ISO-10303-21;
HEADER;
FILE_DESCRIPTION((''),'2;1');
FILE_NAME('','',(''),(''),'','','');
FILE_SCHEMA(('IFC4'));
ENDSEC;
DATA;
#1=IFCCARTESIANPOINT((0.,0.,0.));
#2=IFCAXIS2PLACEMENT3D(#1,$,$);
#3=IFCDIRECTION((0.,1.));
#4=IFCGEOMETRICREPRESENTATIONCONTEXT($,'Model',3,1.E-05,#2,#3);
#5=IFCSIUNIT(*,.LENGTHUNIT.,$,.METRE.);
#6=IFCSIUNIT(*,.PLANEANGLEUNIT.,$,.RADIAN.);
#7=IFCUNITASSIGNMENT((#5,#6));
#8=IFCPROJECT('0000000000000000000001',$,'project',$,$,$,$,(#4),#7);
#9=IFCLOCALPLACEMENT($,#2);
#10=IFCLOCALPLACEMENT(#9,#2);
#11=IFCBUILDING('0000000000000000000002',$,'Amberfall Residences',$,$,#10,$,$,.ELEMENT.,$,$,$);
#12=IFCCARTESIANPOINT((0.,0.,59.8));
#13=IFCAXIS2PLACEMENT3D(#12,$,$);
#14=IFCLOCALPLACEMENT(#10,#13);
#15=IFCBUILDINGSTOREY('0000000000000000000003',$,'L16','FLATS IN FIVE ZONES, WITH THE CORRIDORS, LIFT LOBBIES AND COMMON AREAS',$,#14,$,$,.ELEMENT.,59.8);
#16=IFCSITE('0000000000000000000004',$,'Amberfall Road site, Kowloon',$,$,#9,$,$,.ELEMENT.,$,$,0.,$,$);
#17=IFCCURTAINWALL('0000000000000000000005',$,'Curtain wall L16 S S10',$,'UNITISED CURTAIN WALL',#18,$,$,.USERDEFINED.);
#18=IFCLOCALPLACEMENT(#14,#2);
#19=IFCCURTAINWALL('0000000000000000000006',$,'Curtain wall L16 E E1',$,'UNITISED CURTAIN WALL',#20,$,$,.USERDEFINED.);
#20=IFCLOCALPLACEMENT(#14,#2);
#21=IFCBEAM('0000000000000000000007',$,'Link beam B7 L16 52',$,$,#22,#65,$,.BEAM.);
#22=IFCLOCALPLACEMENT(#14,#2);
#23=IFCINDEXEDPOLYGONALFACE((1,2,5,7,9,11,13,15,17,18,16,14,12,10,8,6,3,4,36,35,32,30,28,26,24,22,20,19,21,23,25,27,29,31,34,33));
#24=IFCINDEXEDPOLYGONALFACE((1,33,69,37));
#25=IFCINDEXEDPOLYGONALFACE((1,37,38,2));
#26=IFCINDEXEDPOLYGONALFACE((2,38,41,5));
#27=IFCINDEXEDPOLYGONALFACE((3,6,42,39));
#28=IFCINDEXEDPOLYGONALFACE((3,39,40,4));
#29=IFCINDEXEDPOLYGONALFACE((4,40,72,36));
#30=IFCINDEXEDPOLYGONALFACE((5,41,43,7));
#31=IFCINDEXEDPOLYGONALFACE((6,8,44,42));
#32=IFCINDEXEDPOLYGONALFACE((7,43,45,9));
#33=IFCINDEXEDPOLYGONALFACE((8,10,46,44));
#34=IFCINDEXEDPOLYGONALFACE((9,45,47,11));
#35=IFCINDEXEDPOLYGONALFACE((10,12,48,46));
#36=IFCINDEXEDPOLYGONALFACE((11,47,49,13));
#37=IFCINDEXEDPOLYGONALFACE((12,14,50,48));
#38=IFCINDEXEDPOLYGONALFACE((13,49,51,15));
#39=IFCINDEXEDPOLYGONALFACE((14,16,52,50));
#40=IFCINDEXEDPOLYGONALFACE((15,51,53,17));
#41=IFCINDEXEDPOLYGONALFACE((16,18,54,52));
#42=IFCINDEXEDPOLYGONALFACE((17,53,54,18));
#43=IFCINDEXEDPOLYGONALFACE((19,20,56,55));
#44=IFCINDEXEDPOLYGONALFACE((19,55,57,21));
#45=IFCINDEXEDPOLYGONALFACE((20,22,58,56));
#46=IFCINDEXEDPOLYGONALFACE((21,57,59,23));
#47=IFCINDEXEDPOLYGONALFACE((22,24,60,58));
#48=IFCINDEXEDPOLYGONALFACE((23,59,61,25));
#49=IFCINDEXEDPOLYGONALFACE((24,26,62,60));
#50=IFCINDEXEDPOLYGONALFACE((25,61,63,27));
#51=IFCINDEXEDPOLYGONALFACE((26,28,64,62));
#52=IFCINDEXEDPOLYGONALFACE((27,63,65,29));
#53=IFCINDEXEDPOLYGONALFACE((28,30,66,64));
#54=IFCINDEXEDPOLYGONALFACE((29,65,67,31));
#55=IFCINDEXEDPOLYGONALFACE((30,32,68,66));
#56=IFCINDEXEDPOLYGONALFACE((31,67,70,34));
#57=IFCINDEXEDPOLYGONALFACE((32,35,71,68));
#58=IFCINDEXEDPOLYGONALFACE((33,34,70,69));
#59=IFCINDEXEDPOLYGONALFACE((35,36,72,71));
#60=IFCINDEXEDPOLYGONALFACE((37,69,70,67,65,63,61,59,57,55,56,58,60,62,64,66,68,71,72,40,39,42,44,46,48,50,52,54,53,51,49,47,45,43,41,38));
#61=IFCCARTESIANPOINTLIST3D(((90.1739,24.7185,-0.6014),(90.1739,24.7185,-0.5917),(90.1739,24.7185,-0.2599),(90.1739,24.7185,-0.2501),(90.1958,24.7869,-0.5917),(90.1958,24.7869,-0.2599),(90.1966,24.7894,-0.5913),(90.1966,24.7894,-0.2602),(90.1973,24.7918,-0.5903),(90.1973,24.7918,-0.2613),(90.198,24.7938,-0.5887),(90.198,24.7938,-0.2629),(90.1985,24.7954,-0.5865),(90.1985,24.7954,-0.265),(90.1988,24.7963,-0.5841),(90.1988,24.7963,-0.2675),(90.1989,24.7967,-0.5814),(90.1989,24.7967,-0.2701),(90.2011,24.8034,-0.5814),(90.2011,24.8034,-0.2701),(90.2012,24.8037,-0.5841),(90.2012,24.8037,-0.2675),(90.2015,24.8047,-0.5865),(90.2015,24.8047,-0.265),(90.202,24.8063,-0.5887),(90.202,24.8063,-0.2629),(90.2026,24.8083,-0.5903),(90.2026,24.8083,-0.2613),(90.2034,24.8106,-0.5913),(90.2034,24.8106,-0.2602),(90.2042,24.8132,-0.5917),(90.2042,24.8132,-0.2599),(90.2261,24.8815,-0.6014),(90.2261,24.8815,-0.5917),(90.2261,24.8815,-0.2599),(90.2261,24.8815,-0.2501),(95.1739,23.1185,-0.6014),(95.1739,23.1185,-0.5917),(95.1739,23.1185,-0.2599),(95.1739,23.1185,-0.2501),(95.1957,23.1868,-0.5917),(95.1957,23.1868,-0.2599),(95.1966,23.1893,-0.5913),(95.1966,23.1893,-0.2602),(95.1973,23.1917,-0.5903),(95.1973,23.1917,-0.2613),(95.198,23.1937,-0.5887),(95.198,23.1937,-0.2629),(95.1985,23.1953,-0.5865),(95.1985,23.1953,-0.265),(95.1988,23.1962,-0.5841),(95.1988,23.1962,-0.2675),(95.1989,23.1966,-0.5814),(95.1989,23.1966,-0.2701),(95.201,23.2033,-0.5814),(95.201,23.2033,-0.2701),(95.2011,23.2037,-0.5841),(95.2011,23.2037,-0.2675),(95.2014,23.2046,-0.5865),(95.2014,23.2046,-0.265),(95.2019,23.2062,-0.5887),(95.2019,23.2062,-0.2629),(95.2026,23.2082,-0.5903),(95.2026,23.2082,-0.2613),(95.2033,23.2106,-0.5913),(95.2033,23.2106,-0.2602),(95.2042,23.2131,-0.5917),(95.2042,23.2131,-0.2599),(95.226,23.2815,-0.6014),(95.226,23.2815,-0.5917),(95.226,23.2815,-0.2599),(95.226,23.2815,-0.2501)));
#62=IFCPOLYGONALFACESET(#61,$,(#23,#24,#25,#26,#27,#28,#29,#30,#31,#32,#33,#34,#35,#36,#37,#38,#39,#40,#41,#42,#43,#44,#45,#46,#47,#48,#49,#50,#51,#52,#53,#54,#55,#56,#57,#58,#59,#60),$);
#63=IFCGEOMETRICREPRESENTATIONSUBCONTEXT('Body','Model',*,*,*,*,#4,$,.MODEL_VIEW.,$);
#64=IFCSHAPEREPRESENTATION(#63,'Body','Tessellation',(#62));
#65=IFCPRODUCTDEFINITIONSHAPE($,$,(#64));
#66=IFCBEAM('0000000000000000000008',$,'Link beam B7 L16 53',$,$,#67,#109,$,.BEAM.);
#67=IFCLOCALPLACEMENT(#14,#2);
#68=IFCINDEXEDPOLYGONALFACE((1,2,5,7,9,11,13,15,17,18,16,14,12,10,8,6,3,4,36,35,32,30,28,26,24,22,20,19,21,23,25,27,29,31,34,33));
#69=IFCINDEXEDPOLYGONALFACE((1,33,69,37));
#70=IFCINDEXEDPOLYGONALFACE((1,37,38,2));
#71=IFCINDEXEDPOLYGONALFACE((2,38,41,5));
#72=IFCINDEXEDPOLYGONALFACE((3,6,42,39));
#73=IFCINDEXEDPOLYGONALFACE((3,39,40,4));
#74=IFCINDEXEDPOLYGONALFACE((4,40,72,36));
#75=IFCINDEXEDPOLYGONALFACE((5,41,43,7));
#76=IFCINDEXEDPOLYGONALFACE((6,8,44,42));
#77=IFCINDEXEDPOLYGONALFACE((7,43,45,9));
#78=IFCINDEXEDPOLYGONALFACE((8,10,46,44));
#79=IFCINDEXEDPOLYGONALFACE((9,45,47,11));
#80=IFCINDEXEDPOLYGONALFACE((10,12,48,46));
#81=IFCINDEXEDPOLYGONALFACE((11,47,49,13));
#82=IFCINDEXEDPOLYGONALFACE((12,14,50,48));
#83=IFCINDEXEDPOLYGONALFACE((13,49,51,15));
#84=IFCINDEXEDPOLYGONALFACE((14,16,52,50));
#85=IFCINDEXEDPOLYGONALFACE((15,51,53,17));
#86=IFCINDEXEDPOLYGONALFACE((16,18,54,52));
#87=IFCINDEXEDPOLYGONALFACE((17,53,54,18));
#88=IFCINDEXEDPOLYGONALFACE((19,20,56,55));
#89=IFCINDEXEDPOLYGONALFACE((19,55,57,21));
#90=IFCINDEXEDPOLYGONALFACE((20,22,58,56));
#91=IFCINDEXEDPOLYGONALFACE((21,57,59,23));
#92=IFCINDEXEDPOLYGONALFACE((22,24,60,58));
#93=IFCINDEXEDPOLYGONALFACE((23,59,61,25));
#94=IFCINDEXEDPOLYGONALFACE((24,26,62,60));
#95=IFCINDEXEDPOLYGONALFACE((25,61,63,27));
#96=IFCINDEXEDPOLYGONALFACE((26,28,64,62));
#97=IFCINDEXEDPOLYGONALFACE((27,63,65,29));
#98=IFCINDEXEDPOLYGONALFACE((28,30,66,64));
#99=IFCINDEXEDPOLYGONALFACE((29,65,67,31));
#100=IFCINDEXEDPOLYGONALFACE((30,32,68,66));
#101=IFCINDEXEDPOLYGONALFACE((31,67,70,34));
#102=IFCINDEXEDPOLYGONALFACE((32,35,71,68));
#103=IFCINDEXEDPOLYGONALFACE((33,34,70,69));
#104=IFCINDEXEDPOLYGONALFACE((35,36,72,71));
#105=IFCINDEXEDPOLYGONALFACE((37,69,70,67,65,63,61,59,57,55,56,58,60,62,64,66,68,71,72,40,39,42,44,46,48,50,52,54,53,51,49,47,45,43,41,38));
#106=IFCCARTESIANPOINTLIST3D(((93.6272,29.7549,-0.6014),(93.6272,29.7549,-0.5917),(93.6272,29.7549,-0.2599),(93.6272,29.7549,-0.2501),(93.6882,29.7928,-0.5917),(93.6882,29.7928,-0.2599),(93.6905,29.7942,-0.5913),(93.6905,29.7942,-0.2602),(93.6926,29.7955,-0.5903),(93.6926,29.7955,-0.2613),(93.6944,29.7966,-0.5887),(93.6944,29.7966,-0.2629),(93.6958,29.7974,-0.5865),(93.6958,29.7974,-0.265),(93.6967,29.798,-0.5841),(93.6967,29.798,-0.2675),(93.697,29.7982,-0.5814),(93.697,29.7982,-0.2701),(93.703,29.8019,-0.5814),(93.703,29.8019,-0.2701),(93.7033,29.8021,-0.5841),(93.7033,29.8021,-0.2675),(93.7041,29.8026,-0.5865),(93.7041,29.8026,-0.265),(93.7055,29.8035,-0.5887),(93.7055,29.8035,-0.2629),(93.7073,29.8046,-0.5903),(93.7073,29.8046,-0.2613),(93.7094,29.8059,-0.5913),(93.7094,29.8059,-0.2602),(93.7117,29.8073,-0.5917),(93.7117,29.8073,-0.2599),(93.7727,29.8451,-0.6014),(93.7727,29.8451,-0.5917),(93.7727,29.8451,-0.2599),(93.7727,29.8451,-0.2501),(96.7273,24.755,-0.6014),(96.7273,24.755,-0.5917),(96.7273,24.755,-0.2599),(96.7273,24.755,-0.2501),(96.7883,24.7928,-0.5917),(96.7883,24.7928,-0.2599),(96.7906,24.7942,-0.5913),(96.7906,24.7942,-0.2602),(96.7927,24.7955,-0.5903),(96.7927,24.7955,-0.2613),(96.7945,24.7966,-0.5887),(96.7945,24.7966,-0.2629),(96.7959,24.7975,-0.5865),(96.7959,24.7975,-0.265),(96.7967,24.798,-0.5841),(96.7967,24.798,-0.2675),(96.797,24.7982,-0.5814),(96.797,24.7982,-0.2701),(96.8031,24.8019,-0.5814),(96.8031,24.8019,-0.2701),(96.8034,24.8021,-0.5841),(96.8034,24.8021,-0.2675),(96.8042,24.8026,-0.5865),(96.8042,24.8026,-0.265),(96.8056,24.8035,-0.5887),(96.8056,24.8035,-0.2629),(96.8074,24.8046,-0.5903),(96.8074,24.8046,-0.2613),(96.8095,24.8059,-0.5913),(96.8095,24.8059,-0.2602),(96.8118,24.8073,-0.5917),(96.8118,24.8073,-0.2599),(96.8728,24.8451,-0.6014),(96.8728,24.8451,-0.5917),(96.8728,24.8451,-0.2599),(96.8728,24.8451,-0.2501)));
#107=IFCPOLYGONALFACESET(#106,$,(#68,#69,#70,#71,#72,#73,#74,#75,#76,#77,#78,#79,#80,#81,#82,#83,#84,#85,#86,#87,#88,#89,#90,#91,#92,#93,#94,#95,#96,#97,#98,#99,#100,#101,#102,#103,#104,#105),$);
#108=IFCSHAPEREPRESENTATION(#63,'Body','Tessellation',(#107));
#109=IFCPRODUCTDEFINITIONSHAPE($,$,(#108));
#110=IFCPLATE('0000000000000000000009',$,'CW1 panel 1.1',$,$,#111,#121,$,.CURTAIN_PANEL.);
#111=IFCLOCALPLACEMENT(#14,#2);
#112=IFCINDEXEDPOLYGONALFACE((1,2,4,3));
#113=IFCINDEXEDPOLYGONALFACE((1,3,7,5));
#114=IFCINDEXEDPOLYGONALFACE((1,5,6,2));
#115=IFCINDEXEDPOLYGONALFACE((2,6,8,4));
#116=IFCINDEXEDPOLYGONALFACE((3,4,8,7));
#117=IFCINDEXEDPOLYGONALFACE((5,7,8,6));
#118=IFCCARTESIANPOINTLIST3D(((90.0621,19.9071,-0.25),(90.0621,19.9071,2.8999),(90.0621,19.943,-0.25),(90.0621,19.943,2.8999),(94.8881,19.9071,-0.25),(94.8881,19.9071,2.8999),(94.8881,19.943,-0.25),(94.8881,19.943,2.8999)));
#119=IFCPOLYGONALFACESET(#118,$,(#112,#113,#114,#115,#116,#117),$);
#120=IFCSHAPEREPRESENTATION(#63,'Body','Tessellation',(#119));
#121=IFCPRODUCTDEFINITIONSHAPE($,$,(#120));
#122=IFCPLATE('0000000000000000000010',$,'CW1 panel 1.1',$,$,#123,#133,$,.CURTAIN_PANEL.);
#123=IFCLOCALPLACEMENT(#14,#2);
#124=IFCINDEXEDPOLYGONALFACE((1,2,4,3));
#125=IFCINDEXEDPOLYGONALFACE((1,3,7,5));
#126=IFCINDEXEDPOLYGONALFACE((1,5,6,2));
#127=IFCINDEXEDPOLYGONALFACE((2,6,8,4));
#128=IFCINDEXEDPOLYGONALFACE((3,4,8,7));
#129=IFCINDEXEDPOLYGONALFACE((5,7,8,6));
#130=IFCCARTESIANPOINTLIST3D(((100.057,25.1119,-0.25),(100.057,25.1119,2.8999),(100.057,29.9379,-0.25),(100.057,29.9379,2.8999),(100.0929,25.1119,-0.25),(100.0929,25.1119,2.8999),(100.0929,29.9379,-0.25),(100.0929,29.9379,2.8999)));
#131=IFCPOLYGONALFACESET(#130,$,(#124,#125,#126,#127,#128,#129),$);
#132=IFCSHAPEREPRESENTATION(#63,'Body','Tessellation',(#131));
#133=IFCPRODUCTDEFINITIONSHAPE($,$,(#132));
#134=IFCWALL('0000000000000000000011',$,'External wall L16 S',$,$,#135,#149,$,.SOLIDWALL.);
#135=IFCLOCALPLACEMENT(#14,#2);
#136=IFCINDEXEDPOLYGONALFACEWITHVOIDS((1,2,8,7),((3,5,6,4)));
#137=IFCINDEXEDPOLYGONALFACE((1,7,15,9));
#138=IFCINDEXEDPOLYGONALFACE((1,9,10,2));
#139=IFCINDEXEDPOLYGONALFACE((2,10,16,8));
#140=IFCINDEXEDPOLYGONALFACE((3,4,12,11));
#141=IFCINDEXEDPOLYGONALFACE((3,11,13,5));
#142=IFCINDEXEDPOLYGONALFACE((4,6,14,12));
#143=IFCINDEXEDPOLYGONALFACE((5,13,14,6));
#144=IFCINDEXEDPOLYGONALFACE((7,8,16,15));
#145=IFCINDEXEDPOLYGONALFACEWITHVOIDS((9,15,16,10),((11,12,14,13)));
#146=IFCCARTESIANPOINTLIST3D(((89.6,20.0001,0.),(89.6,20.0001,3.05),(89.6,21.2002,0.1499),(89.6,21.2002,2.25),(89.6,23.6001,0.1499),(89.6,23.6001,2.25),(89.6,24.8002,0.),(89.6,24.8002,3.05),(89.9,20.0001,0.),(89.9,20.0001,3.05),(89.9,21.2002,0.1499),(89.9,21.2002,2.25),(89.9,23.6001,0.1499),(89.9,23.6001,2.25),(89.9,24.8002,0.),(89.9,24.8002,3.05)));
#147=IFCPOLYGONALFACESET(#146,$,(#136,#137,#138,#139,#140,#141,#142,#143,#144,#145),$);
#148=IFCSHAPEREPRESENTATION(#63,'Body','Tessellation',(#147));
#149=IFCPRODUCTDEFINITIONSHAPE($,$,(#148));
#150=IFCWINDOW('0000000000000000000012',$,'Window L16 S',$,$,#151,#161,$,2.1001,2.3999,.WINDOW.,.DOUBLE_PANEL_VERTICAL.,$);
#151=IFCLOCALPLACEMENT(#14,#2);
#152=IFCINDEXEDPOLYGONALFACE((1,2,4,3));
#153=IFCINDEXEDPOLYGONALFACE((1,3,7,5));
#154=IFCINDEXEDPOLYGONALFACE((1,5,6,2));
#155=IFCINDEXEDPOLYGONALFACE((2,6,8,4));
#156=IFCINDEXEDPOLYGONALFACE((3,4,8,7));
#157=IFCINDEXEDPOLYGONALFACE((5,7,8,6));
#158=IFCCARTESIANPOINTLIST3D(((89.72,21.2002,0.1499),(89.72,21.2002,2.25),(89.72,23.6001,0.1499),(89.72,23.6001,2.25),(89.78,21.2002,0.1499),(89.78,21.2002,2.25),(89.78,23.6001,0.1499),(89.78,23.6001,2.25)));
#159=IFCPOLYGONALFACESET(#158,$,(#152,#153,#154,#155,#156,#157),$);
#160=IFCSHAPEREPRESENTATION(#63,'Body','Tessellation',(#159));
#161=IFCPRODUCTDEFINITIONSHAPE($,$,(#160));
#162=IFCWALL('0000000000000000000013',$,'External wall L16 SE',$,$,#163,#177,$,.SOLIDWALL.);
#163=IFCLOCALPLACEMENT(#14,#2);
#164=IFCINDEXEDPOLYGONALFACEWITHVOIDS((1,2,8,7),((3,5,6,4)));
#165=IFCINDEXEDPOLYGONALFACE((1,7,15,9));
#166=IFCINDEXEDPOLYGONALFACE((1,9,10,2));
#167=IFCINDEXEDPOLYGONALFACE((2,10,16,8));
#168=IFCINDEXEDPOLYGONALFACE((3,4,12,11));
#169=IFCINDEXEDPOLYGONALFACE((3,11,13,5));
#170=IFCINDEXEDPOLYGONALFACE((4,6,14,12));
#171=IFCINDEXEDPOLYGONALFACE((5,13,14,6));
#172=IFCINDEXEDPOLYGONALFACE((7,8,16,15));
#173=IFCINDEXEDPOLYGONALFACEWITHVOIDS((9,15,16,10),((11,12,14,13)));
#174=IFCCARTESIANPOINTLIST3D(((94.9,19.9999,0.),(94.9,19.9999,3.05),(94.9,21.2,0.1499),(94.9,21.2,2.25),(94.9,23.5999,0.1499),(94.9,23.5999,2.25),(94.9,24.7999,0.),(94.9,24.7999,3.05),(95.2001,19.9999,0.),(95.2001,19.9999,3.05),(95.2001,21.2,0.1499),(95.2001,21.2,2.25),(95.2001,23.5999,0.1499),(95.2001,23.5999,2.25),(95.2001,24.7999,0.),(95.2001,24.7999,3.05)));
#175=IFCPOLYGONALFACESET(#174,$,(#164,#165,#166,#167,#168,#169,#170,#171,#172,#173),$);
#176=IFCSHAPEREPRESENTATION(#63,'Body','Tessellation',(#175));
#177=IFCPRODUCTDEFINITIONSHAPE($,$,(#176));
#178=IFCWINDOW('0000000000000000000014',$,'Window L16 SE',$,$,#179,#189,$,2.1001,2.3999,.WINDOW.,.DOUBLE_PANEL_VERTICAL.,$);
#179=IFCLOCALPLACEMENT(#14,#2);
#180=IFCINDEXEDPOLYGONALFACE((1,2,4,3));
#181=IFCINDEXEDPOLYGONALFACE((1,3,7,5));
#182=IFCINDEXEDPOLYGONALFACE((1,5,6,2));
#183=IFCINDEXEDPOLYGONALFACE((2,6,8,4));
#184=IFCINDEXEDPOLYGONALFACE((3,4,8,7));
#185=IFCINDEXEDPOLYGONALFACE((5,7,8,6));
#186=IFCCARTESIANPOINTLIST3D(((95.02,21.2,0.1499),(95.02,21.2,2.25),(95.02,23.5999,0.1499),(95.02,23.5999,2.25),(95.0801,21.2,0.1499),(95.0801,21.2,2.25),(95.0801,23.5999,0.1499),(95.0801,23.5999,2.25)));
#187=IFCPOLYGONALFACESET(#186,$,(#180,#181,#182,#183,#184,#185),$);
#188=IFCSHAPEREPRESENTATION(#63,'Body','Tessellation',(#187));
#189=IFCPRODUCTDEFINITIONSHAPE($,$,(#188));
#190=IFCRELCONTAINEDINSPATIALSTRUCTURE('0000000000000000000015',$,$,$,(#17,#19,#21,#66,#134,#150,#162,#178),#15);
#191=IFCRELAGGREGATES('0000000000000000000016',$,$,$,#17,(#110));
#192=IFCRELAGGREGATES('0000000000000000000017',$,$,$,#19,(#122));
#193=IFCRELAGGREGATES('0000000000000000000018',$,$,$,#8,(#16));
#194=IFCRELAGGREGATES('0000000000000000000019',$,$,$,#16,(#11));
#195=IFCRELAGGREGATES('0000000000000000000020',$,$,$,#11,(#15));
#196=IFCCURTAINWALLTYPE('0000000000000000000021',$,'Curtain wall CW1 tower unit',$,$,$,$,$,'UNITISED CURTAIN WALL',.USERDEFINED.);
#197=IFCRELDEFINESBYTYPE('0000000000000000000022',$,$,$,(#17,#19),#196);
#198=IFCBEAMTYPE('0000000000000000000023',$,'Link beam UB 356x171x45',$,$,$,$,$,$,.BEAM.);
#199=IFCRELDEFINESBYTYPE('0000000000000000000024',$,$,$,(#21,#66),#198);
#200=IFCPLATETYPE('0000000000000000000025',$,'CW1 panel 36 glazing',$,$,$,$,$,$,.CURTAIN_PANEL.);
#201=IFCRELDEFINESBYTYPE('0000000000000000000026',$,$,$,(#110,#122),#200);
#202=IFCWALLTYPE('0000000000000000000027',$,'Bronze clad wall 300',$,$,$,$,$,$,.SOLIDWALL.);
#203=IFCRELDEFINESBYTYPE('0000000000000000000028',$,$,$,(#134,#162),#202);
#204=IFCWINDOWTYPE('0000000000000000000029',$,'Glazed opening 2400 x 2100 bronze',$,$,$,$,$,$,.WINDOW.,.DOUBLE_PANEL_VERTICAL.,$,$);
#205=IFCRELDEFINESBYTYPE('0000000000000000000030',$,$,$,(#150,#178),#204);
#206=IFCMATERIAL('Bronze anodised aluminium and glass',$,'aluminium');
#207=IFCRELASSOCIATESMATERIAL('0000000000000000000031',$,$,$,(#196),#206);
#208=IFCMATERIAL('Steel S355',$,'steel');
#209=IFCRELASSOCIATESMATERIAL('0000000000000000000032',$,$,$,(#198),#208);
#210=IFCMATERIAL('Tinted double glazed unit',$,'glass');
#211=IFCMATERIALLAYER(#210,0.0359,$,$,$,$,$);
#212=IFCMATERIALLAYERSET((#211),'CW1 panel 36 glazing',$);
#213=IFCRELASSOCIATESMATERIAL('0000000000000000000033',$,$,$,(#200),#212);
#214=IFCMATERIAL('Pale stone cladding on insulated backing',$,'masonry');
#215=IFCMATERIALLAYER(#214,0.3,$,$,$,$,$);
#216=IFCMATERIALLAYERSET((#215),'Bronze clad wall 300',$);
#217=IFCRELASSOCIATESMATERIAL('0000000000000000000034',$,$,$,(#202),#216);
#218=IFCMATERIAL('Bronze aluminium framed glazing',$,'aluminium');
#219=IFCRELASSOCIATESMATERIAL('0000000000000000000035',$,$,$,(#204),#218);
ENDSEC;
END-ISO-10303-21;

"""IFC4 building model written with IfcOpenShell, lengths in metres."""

from ifc_helpers import new_model, si_unit, direction, frame, frame_2d, origin, origin_2d, place, context, subcontext, project, spatial, rectangle, i_section, extrude, material, layer, layer_set, material_profile, profile_set, type_object, element, fill, aggregate, save


model = new_model("IFC4")

# Units and contexts
model_context = context("Model", 3, precision=1e-05, world=origin(), true_north=direction((0.0, 1.0)))
body_context = subcontext(model_context, "Body", "Model", "MODEL_VIEW")
ifc_project = project(units=[si_unit("LENGTHUNIT", "METRE"), si_unit("PLANEANGLEUNIT", "RADIAN")], contexts=[model_context])

# Site, building, storey
site_placement = place(None, origin())
site = spatial("IfcSite", under=ifc_project, at=site_placement, Name="Amberfall Road site, Kowloon", CompositionType="ELEMENT", RefElevation=0.0)
building_placement = place(site_placement, origin())
building = spatial("IfcBuilding", under=site, at=building_placement, Name="Amberfall Residences", CompositionType="ELEMENT")
storey_placement = place(building_placement, frame((0.0, 0.0, 59.8)))
storey = spatial("IfcBuildingStorey", under=building, at=storey_placement, Name="L16", Description="FLATS IN FIVE ZONES, WITH THE CORRIDORS, LIFT LOBBIES AND COMMON AREAS", CompositionType="ELEMENT", Elevation=59.8)

# Curtain walls
ifc_material_1 = material(Name="Bronze anodised aluminium and glass", Category="aluminium")
curtain_wall_type = type_object("IfcCurtainWallType", Name="Curtain wall CW1 tower unit", ElementType="UNITISED CURTAIN WALL", PredefinedType="USERDEFINED", material=ifc_material_1)
curtain_wall_1_placement = place(storey_placement, origin())
curtain_wall_1 = element("IfcCurtainWall", 1, at=curtain_wall_1_placement, inside=storey, type_object=curtain_wall_type, Name="Curtain wall L16 S S10", ObjectType="UNITISED CURTAIN WALL", PredefinedType="USERDEFINED")
curtain_wall_2_placement = place(storey_placement, origin())
curtain_wall_2 = element("IfcCurtainWall", 2, at=curtain_wall_2_placement, inside=storey, type_object=curtain_wall_type, Name="Curtain wall L16 E E1", ObjectType="UNITISED CURTAIN WALL", PredefinedType="USERDEFINED")

# Beams
ifc_material_2 = material(Name="Steel S355", Category="steel")
ifc_material_profile_1 = material_profile(ifc_material_2, i_section(OverallWidth=0.1711, OverallDepth=0.3513, WebThickness=0.0071, FlangeThickness=0.0098, FilletRadius=0.0103, at=origin_2d()), Name="UB 356x171x45")
ifc_profile_set_1 = profile_set([ifc_material_profile_1], Name="Steel S355")
beam_type_1 = type_object("IfcBeamType", Name="Link beam UB 356x171x45", PredefinedType="BEAM", material=ifc_profile_set_1)
beam_1_placement = place(storey_placement, frame((95.2, 23.2, -0.4258), z_axis=(-0.952419, 0.304793, 0.0), x_axis=(-0.304793, -0.952419, 0.0)))
element("IfcBeam", 3, at=beam_1_placement, inside=storey, type_object=beam_type_1, Name="Link beam B7 L16 52", PredefinedType="BEAM", context=body_context, shape_type="SweptSolid", body=[
    extrude(i_section(OverallWidth=0.1711, OverallDepth=0.3513, WebThickness=0.0071, FlangeThickness=0.0098, FilletRadius=0.0103, at=origin_2d()), origin(), (0.0, 0.0, 1.0), 5.2498),
])
beam_2_placement = place(storey_placement, frame((96.8, 24.8, -0.4258), z_axis=(-0.526952, 0.849895, 0.0), x_axis=(-0.849895, -0.526952, 0.0)))
element("IfcBeam", 4, at=beam_2_placement, inside=storey, type_object=beam_type_1, Name="Link beam B7 L16 53", PredefinedType="BEAM", context=body_context, shape_type="SweptSolid", body=[
    extrude(i_section(OverallWidth=0.1711, OverallDepth=0.3513, WebThickness=0.0071, FlangeThickness=0.0098, FilletRadius=0.0103, at=origin_2d()), origin(), (0.0, 0.0, 1.0), 5.8831),
])

# Plates
ifc_material_3 = material(Name="Tinted double glazed unit", Category="glass")
ifc_layer_1 = layer(ifc_material_3, 0.0359)
ifc_layer_set_1 = layer_set([ifc_layer_1], Name="CW1 panel 36 glazing")
plate_type = type_object("IfcPlateType", Name="CW1 panel 36 glazing", PredefinedType="CURTAIN_PANEL", material=ifc_layer_set_1)
plate_1_placement = place(storey_placement, frame((92.4751, 19.925, -0.25), z_axis=(0.0, 0.0, 1.0), x_axis=(1.0, 0.0, 0.0)))
plate_1 = element("IfcPlate", 5, at=plate_1_placement, type_object=plate_type, Name="CW1 panel 1.1", PredefinedType="CURTAIN_PANEL", context=body_context, shape_type="SweptSolid", body=[
    extrude(rectangle(XDim=4.8259, YDim=0.0359, at=origin_2d()), origin(), (0.0, 0.0, 1.0), 3.1499),
])
aggregate(curtain_wall_1, [plate_1])
plate_2_placement = place(storey_placement, frame((100.075, 27.5249, -0.25), z_axis=(0.0, 0.0, 1.0), x_axis=(0.0, 1.0, 0.0)))
plate_2 = element("IfcPlate", 6, at=plate_2_placement, type_object=plate_type, Name="CW1 panel 1.1", PredefinedType="CURTAIN_PANEL", context=body_context, shape_type="SweptSolid", body=[
    extrude(rectangle(XDim=4.8259, YDim=0.0359, at=origin_2d()), origin(), (0.0, 0.0, 1.0), 3.1499),
])
aggregate(curtain_wall_2, [plate_2])

# Walls, openings, windows
ifc_material_4 = material(Name="Pale stone cladding on insulated backing", Category="masonry")
ifc_layer_2 = layer(ifc_material_4, 0.3)
ifc_layer_set_2 = layer_set([ifc_layer_2], Name="Bronze clad wall 300")
wall_type_1 = type_object("IfcWallType", Name="Bronze clad wall 300", PredefinedType="SOLIDWALL", material=ifc_layer_set_2)
wall_1_placement = place(storey_placement, frame((89.75, 24.8, 0.0), z_axis=(0.0, 0.0, 1.0), x_axis=(0.0, -1.0, 0.0)))
wall_1 = element("IfcWall", 7, at=wall_1_placement, inside=storey, type_object=wall_type_1, Name="External wall L16 S", PredefinedType="SOLIDWALL", context=body_context, shape_type="SweptSolid", body=[
    extrude(rectangle(XDim=4.8, YDim=0.3, at=frame_2d((2.3999, 0.0))), origin(), (0.0, 0.0, 1.0), 3.05),
])
opening_1_placement = place(wall_1_placement, frame((1.2, 0.0, 0.1499)))
opening_1 = element("IfcOpeningElement", 8, at=opening_1_placement, cuts=wall_1, PredefinedType="OPENING", context=body_context, shape_type="SweptSolid", body=[
    extrude(rectangle(XDim=2.3999, YDim=2.1001, at=frame_2d((1.2, 1.05))), frame((0.0, 0.1599, 0.0), z_axis=(0.0, -1.0, 0.0), x_axis=(1.0, 0.0, 0.0)), (0.0, 0.0, 1.0), 0.3201),
])
ifc_material_5 = material(Name="Bronze aluminium framed glazing", Category="aluminium")
window_type_1 = type_object("IfcWindowType", Name="Glazed opening 2400 x 2100 bronze", PartitioningType="DOUBLE_PANEL_VERTICAL", PredefinedType="WINDOW", material=ifc_material_5)
window_1_placement = place(opening_1_placement, origin())
window_1 = element("IfcWindow", 9, at=window_1_placement, inside=storey, type_object=window_type_1, Name="Window L16 S", OverallHeight=2.1001, OverallWidth=2.3999, PartitioningType="DOUBLE_PANEL_VERTICAL", PredefinedType="WINDOW", context=body_context, shape_type="SweptSolid", body=[
    extrude(rectangle(XDim=2.3999, YDim=2.1001, at=frame_2d((1.2, 1.05))), frame((0.0, 0.03, 0.0), z_axis=(0.0, -1.0, 0.0), x_axis=(1.0, 0.0, 0.0)), (0.0, 0.0, 1.0), 0.0601),
])
fill(opening_1, window_1)
wall_2_placement = place(storey_placement, frame((95.05, 20.0, 0.0), z_axis=(0.0, 0.0, 1.0), x_axis=(0.0, 1.0, 0.0)))
wall_2 = element("IfcWall", 10, at=wall_2_placement, inside=storey, type_object=wall_type_1, Name="External wall L16 SE", PredefinedType="SOLIDWALL", context=body_context, shape_type="SweptSolid", body=[
    extrude(rectangle(XDim=4.8, YDim=0.3, at=frame_2d((2.3999, 0.0))), origin(), (0.0, 0.0, 1.0), 3.05),
])
opening_2_placement = place(wall_2_placement, frame((1.2, 0.0, 0.1499)))
opening_2 = element("IfcOpeningElement", 11, at=opening_2_placement, cuts=wall_2, PredefinedType="OPENING", context=body_context, shape_type="SweptSolid", body=[
    extrude(rectangle(XDim=2.3999, YDim=2.1001, at=frame_2d((1.2, 1.05))), frame((0.0, 0.1599, 0.0), z_axis=(0.0, -1.0, 0.0), x_axis=(1.0, 0.0, 0.0)), (0.0, 0.0, 1.0), 0.3201),
])
window_2_placement = place(opening_2_placement, origin())
window_2 = element("IfcWindow", 12, at=window_2_placement, inside=storey, type_object=window_type_1, Name="Window L16 SE", OverallHeight=2.1001, OverallWidth=2.3999, PartitioningType="DOUBLE_PANEL_VERTICAL", PredefinedType="WINDOW", context=body_context, shape_type="SweptSolid", body=[
    extrude(rectangle(XDim=2.3999, YDim=2.1001, at=frame_2d((1.2, 1.05))), frame((0.0, 0.03, 0.0), z_axis=(0.0, -1.0, 0.0), x_axis=(1.0, 0.0, 0.0)), (0.0, 0.0, 1.0), 0.0601),
])
fill(opening_2, window_2)

save(model, "model.ifc")
